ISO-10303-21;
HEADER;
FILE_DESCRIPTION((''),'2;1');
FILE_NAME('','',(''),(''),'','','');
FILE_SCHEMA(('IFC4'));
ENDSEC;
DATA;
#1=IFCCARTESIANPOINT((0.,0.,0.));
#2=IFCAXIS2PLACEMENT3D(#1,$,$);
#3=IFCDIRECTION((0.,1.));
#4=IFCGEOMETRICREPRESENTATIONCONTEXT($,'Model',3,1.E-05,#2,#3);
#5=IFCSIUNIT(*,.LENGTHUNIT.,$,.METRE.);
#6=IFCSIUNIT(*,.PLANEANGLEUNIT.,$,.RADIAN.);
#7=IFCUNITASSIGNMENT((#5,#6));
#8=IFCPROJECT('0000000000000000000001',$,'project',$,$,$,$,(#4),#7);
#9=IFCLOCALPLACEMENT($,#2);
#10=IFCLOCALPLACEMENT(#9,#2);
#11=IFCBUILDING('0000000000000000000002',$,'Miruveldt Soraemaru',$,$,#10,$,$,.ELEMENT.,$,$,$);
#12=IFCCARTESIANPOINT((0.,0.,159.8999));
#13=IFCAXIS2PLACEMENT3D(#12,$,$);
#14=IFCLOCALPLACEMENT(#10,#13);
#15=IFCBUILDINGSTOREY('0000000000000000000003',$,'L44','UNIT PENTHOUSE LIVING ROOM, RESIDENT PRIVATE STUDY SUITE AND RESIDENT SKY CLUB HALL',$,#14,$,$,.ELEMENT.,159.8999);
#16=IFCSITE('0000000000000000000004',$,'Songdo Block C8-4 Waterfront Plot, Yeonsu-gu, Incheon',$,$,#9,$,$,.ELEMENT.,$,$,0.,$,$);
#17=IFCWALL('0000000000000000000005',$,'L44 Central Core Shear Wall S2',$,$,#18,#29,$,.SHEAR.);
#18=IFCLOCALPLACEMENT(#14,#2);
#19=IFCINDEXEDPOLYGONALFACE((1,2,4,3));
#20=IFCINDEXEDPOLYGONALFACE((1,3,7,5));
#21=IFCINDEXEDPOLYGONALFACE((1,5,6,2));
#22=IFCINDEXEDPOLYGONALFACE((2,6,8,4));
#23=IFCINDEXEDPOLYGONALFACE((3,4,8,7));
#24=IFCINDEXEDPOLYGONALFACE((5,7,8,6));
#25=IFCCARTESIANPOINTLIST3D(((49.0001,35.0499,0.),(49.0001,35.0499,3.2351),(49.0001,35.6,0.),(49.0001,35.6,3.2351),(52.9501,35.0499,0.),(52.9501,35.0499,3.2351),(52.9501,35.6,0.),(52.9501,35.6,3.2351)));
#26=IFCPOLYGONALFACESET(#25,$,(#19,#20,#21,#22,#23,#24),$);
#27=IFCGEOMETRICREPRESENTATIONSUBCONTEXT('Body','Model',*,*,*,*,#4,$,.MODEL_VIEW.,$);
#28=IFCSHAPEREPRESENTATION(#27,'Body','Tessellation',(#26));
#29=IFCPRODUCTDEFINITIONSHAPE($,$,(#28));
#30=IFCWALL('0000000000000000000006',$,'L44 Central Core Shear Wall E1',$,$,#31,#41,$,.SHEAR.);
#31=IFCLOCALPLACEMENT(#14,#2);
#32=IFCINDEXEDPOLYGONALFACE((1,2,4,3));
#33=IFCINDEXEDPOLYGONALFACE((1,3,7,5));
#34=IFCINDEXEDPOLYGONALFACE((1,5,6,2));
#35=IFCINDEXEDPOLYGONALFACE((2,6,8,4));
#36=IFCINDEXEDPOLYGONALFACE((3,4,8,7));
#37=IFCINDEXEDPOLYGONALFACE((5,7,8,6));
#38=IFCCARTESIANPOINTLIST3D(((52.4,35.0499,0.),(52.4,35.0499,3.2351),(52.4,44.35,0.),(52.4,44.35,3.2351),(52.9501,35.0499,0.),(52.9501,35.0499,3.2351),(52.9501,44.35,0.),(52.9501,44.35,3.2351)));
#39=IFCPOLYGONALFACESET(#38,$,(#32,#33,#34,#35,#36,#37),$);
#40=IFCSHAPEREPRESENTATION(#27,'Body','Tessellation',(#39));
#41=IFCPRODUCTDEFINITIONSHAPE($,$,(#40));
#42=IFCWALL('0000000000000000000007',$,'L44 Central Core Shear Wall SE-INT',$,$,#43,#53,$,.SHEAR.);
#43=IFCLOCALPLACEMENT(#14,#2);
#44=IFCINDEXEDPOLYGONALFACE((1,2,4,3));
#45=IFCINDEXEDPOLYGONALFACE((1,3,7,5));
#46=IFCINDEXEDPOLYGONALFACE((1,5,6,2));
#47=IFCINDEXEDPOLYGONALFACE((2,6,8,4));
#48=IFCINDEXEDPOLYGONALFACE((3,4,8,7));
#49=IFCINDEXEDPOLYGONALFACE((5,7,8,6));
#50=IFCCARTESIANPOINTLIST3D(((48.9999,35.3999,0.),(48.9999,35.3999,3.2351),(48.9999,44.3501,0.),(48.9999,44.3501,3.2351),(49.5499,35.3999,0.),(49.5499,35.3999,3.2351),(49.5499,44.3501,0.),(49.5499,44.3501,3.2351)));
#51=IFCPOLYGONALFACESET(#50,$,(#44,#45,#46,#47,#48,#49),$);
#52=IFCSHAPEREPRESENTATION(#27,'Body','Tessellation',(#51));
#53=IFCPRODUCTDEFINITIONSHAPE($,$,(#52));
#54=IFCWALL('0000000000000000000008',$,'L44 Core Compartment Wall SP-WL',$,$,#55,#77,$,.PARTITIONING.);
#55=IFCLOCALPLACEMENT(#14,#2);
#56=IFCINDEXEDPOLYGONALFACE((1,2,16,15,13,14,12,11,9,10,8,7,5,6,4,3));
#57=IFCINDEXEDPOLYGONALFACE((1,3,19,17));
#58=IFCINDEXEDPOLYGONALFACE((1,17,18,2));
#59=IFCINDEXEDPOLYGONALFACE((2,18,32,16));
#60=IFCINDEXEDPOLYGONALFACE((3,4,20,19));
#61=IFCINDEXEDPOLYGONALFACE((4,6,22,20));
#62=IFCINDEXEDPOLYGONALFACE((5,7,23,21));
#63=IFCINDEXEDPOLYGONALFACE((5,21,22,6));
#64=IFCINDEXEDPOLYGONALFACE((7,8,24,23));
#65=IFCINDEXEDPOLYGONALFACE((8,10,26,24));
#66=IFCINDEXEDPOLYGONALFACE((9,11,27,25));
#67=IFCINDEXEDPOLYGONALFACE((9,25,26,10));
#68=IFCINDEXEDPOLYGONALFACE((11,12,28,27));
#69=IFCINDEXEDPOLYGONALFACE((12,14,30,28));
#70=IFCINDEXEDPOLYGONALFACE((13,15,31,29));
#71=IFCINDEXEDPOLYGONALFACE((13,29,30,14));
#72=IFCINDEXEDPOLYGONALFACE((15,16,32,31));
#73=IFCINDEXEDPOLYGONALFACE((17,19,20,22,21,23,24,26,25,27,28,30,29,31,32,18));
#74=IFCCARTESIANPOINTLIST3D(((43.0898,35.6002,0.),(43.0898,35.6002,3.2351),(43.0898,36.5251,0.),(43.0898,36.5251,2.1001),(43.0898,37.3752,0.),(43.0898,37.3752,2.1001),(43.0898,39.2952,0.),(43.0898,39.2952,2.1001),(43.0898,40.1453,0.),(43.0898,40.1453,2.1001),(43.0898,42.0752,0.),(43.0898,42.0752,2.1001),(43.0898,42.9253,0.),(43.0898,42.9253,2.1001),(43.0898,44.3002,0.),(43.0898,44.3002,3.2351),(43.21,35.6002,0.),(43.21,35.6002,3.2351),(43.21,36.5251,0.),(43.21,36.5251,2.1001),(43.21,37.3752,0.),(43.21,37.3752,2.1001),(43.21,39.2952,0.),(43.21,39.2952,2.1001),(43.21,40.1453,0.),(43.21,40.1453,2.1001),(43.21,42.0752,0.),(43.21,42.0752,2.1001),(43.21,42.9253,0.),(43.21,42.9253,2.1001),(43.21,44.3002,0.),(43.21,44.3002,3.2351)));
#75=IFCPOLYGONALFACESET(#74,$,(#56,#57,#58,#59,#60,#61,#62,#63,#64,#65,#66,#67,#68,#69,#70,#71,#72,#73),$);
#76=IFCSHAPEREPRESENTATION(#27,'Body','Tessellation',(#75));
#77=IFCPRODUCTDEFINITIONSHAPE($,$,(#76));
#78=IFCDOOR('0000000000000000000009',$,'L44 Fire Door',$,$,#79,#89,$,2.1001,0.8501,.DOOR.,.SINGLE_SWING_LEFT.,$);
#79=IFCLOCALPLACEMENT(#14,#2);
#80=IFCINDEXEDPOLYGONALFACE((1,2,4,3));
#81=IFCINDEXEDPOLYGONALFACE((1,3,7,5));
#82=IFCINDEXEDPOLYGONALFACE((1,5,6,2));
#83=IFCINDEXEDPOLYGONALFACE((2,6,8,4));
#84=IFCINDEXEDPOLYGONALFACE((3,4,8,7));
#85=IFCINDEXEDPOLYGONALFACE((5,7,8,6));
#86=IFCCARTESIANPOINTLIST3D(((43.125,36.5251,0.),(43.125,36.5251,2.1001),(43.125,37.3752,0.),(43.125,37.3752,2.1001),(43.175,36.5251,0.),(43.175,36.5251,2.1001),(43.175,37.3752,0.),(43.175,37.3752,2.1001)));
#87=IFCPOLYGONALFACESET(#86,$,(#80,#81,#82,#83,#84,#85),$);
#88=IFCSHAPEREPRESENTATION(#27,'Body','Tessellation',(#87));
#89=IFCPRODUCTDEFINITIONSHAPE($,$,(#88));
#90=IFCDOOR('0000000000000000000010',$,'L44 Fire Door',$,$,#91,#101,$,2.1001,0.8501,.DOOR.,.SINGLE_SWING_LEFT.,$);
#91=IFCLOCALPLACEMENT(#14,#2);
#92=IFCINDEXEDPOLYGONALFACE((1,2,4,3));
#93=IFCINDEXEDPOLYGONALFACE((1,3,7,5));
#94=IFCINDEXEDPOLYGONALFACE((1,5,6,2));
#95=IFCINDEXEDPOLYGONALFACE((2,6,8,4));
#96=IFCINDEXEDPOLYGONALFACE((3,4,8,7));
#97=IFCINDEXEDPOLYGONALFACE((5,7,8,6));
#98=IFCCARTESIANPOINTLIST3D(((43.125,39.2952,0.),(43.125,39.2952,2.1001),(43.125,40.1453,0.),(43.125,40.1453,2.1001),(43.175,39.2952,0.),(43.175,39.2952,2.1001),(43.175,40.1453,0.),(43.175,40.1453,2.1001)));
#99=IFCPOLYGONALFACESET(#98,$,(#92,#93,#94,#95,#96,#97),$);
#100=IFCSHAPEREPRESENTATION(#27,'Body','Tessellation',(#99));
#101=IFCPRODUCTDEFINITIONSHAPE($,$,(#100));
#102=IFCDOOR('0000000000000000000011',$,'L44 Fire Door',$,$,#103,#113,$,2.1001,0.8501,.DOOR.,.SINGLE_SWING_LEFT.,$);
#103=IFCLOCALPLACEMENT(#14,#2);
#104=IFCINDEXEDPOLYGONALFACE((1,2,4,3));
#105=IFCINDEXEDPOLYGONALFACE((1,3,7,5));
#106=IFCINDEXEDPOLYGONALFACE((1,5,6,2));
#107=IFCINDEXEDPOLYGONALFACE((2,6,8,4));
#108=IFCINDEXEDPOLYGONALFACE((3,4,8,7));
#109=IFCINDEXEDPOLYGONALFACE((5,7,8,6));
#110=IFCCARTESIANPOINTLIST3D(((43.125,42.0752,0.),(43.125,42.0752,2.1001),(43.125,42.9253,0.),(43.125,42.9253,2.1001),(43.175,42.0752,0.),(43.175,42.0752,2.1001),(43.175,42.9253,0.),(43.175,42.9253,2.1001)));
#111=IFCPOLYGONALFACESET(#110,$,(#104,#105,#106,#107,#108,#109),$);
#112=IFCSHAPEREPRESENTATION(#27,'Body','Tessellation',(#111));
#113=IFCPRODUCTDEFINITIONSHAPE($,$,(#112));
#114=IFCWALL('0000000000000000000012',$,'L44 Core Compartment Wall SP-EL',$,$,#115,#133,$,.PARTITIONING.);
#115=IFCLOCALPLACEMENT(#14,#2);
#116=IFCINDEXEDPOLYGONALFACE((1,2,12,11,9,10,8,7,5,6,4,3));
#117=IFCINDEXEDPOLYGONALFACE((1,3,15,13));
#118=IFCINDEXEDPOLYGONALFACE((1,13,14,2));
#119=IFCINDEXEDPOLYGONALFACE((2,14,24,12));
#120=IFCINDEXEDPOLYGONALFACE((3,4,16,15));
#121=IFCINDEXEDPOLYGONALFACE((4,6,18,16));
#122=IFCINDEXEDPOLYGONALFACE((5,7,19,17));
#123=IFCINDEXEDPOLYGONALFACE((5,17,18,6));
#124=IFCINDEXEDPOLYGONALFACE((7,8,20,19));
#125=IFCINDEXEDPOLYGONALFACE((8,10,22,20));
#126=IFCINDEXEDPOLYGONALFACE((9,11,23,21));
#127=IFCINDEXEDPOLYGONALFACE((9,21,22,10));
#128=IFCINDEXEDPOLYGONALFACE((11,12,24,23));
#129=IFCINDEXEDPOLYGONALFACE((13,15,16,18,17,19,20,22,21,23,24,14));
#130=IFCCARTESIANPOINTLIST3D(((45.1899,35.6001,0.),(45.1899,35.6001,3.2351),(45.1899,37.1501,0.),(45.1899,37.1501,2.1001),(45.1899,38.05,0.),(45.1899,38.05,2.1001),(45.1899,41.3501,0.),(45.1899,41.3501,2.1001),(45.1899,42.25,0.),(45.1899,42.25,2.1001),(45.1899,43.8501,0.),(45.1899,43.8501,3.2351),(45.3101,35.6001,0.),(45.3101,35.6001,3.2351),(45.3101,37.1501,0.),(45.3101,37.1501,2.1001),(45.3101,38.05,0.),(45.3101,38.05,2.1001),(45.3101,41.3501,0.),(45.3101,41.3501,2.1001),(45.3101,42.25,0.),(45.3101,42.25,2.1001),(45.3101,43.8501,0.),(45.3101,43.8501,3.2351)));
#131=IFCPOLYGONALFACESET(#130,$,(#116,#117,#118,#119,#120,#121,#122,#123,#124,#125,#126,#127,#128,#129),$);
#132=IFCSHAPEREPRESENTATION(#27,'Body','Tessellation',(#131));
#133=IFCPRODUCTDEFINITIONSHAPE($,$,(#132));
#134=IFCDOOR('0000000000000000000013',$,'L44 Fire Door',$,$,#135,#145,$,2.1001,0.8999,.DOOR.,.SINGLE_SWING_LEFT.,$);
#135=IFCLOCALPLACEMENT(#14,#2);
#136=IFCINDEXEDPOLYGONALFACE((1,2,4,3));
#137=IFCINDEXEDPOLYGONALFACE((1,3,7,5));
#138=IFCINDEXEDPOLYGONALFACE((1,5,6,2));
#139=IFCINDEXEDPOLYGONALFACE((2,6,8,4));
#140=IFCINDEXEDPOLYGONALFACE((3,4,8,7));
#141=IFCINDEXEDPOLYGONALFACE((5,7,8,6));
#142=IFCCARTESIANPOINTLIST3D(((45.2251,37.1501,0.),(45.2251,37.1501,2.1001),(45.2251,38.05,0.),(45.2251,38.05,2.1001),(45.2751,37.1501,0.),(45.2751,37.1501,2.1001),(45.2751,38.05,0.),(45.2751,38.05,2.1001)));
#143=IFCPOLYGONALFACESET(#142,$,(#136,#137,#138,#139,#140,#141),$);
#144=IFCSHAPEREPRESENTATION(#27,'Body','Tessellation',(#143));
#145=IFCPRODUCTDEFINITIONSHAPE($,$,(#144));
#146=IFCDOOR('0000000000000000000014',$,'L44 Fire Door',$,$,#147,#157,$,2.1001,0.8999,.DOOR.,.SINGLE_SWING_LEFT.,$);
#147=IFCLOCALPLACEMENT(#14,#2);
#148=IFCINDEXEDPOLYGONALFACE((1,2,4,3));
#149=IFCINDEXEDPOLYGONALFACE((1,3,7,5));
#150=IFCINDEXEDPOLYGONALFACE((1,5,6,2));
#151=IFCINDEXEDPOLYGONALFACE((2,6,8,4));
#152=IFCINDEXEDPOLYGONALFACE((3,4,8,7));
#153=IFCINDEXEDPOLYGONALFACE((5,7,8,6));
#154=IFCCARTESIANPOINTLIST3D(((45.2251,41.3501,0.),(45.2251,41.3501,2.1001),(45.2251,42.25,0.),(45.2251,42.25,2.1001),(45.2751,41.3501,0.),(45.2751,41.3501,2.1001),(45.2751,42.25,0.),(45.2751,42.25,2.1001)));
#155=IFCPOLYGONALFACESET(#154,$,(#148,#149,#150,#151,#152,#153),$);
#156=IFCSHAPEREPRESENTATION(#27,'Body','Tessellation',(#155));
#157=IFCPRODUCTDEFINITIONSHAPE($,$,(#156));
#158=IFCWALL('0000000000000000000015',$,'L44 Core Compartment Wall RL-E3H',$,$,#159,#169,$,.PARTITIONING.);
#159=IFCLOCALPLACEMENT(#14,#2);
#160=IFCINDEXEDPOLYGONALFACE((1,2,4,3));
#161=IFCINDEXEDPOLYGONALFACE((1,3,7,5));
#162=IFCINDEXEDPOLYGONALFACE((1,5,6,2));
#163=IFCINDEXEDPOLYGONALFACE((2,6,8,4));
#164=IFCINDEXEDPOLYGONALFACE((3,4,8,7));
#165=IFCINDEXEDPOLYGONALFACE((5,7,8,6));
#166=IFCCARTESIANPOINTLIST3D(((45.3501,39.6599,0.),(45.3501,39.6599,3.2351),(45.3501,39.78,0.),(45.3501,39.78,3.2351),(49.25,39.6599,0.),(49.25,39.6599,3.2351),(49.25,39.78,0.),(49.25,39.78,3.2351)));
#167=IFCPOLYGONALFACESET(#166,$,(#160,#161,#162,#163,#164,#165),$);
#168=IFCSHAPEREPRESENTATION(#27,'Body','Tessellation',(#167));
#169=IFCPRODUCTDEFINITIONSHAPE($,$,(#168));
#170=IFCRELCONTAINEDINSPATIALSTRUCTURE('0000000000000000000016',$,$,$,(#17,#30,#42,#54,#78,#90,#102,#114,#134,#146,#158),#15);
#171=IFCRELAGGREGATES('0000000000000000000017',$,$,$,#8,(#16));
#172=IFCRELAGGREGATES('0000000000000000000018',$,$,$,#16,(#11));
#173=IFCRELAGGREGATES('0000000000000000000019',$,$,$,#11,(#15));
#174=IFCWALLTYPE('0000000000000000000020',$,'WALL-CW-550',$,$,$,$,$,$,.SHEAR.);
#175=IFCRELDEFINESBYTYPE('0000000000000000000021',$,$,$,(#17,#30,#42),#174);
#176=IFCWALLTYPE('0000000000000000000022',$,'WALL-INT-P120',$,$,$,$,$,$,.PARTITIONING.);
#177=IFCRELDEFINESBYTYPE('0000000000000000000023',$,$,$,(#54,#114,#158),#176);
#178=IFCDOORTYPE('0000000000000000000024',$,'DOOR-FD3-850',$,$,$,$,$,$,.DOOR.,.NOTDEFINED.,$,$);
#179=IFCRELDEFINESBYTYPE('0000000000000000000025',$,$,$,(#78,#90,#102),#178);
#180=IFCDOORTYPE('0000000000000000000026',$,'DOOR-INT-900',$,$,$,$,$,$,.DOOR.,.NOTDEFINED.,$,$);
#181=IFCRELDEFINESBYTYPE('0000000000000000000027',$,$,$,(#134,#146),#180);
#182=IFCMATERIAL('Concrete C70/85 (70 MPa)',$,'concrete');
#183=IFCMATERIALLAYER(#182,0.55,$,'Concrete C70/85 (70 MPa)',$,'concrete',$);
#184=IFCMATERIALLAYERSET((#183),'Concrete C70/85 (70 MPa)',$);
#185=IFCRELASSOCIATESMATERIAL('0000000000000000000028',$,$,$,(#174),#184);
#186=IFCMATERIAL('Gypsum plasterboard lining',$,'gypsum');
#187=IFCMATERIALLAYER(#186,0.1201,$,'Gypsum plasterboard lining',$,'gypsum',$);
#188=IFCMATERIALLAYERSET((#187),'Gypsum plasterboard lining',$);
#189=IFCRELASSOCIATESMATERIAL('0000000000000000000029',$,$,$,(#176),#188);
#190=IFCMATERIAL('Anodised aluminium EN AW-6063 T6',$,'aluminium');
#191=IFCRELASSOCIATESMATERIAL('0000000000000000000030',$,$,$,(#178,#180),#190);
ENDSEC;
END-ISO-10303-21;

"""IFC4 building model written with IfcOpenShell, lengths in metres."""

from ifc_helpers import new_model, si_unit, direction, frame, frame_2d, origin, place, context, subcontext, project, spatial, rectangle, extrude, material, layer, layer_set, type_object, element, fill, save


model = new_model("IFC4")

# Units and contexts
model_context = context("Model", 3, precision=1e-05, world=origin(), true_north=direction((0.0, 1.0)))
body_context = subcontext(model_context, "Body", "Model", "MODEL_VIEW")
ifc_project = project(units=[si_unit("LENGTHUNIT", "METRE"), si_unit("PLANEANGLEUNIT", "RADIAN")], contexts=[model_context])

# Site, building, storey
site_placement = place(None, origin())
site = spatial("IfcSite", under=ifc_project, at=site_placement, Name="Songdo Block C8-4 Waterfront Plot, Yeonsu-gu, Incheon", CompositionType="ELEMENT", RefElevation=0.0)
building_placement = place(site_placement, origin())
building = spatial("IfcBuilding", under=site, at=building_placement, Name="Miruveldt Soraemaru", CompositionType="ELEMENT")
storey_placement = place(building_placement, frame((0.0, 0.0, 159.8999)))
storey = spatial("IfcBuildingStorey", under=building, at=storey_placement, Name="L44", Description="UNIT PENTHOUSE LIVING ROOM, RESIDENT PRIVATE STUDY SUITE AND RESIDENT SKY CLUB HALL", CompositionType="ELEMENT", Elevation=159.8999)

# Walls
ifc_material_1 = material(Name="Concrete C70/85 (70 MPa)", Category="concrete")
ifc_layer_1 = layer(ifc_material_1, 0.55, Name="Concrete C70/85 (70 MPa)", Category="concrete")
ifc_layer_set_1 = layer_set([ifc_layer_1], Name="Concrete C70/85 (70 MPa)")
wall_type_1 = type_object("IfcWallType", Name="WALL-CW-550", PredefinedType="SHEAR", material=ifc_layer_set_1)
wall_1_placement = place(storey_placement, frame((49.0, 35.325, 0.0), z_axis=(0.0, 0.0, 1.0), x_axis=(1.0, 0.0, 0.0)))
element("IfcWall", 1, at=wall_1_placement, inside=storey, type_object=wall_type_1, Name="L44 Central Core Shear Wall S2", PredefinedType="SHEAR", context=body_context, shape_type="SweptSolid", body=[
    extrude(rectangle(XDim=3.95, YDim=0.55, at=frame_2d((1.9751, 0.0))), origin(), (0.0, 0.0, 1.0), 3.2351),
])
wall_2_placement = place(storey_placement, frame((52.675, 35.05, 0.0), z_axis=(0.0, 0.0, 1.0), x_axis=(0.0, 1.0, 0.0)))
element("IfcWall", 2, at=wall_2_placement, inside=storey, type_object=wall_type_1, Name="L44 Central Core Shear Wall E1", PredefinedType="SHEAR", context=body_context, shape_type="SweptSolid", body=[
    extrude(rectangle(XDim=9.3, YDim=0.55, at=frame_2d((4.6499, 0.0))), origin(), (0.0, 0.0, 1.0), 3.2351),
])
wall_3_placement = place(storey_placement, frame((49.2749, 35.3999, 0.0), z_axis=(0.0, 0.0, 1.0), x_axis=(0.0, 1.0, 0.0)))
element("IfcWall", 3, at=wall_3_placement, inside=storey, type_object=wall_type_1, Name="L44 Central Core Shear Wall SE-INT", PredefinedType="SHEAR", context=body_context, shape_type="SweptSolid", body=[
    extrude(rectangle(XDim=8.9502, YDim=0.55, at=frame_2d((4.4751, 0.0))), origin(), (0.0, 0.0, 1.0), 3.2351),
])

# Walls, openings, doors
ifc_material_2 = material(Name="Gypsum plasterboard lining", Category="gypsum")
ifc_layer_2 = layer(ifc_material_2, 0.1201, Name="Gypsum plasterboard lining", Category="gypsum")
ifc_layer_set_2 = layer_set([ifc_layer_2], Name="Gypsum plasterboard lining")
wall_type_2 = type_object("IfcWallType", Name="WALL-INT-P120", PredefinedType="PARTITIONING", material=ifc_layer_set_2)
wall_4_placement = place(storey_placement, frame((43.1499, 35.6001, 0.0), z_axis=(0.0, 0.0, 1.0), x_axis=(0.0, 1.0, 0.0)))
wall_4 = element("IfcWall", 4, at=wall_4_placement, inside=storey, type_object=wall_type_2, Name="L44 Core Compartment Wall SP-WL", PredefinedType="PARTITIONING", context=body_context, shape_type="SweptSolid", body=[
    extrude(rectangle(XDim=8.7, YDim=0.1201, at=frame_2d((4.3501, 0.0))), origin(), (0.0, 0.0, 1.0), 3.2351),
])
opening_1_placement = place(wall_4_placement, frame((0.925, 0.0, 0.0)))
opening_1 = element("IfcOpeningElement", 5, at=opening_1_placement, cuts=wall_4, PredefinedType="OPENING", context=body_context, shape_type="SweptSolid", body=[
    extrude(rectangle(XDim=0.8501, YDim=2.1001, at=frame_2d((0.425, 1.05))), frame((0.0, 0.0701, 0.0), z_axis=(0.0, -1.0, 0.0), x_axis=(1.0, 0.0, 0.0)), (0.0, 0.0, 1.0), 0.1401),
])
opening_2_placement = place(wall_4_placement, frame((3.6951, 0.0, 0.0)))
opening_2 = element("IfcOpeningElement", 6, at=opening_2_placement, cuts=wall_4, PredefinedType="OPENING", context=body_context, shape_type="SweptSolid", body=[
    extrude(rectangle(XDim=0.8501, YDim=2.1001, at=frame_2d((0.425, 1.05))), frame((0.0, 0.0701, 0.0), z_axis=(0.0, -1.0, 0.0), x_axis=(1.0, 0.0, 0.0)), (0.0, 0.0, 1.0), 0.1401),
])
opening_3_placement = place(wall_4_placement, frame((6.4751, 0.0, 0.0)))
opening_3 = element("IfcOpeningElement", 7, at=opening_3_placement, cuts=wall_4, PredefinedType="OPENING", context=body_context, shape_type="SweptSolid", body=[
    extrude(rectangle(XDim=0.8501, YDim=2.1001, at=frame_2d((0.425, 1.05))), frame((0.0, 0.0701, 0.0), z_axis=(0.0, -1.0, 0.0), x_axis=(1.0, 0.0, 0.0)), (0.0, 0.0, 1.0), 0.1401),
])
ifc_material_3 = material(Name="Anodised aluminium EN AW-6063 T6", Category="aluminium")
door_type_1 = type_object("IfcDoorType", Name="DOOR-FD3-850", OperationType="NOTDEFINED", PredefinedType="DOOR", material=ifc_material_3)
door_1_placement = place(opening_1_placement, origin())
door_1 = element("IfcDoor", 8, at=door_1_placement, inside=storey, type_object=door_type_1, Name="L44 Fire Door", OperationType="SINGLE_SWING_LEFT", OverallHeight=2.1001, OverallWidth=0.8501, PredefinedType="DOOR", context=body_context, shape_type="SweptSolid", body=[
    extrude(rectangle(XDim=0.8501, YDim=2.1001, at=frame_2d((0.425, 1.05))), frame((0.0, 0.0249, 0.0), z_axis=(0.0, -1.0, 0.0), x_axis=(1.0, 0.0, 0.0)), (0.0, 0.0, 1.0), 0.05),
])
fill(opening_1, door_1)
door_2_placement = place(opening_2_placement, origin())
door_2 = element("IfcDoor", 9, at=door_2_placement, inside=storey, type_object=door_type_1, Name="L44 Fire Door", OperationType="SINGLE_SWING_LEFT", OverallHeight=2.1001, OverallWidth=0.8501, PredefinedType="DOOR", context=body_context, shape_type="SweptSolid", body=[
    extrude(rectangle(XDim=0.8501, YDim=2.1001, at=frame_2d((0.425, 1.05))), frame((0.0, 0.0249, 0.0), z_axis=(0.0, -1.0, 0.0), x_axis=(1.0, 0.0, 0.0)), (0.0, 0.0, 1.0), 0.05),
])
fill(opening_2, door_2)
door_3_placement = place(opening_3_placement, origin())
door_3 = element("IfcDoor", 10, at=door_3_placement, inside=storey, type_object=door_type_1, Name="L44 Fire Door", OperationType="SINGLE_SWING_LEFT", OverallHeight=2.1001, OverallWidth=0.8501, PredefinedType="DOOR", context=body_context, shape_type="SweptSolid", body=[
    extrude(rectangle(XDim=0.8501, YDim=2.1001, at=frame_2d((0.425, 1.05))), frame((0.0, 0.0249, 0.0), z_axis=(0.0, -1.0, 0.0), x_axis=(1.0, 0.0, 0.0)), (0.0, 0.0, 1.0), 0.05),
])
fill(opening_3, door_3)
wall_5_placement = place(storey_placement, frame((45.25, 35.6001, 0.0), z_axis=(0.0, 0.0, 1.0), x_axis=(0.0, 1.0, 0.0)))
wall_5 = element("IfcWall", 11, at=wall_5_placement, inside=storey, type_object=wall_type_2, Name="L44 Core Compartment Wall SP-EL", PredefinedType="PARTITIONING", context=body_context, shape_type="SweptSolid", body=[
    extrude(rectangle(XDim=8.25, YDim=0.1201, at=frame_2d((4.125, 0.0))), origin(), (0.0, 0.0, 1.0), 3.2351),
])
opening_4_placement = place(wall_5_placement, frame((1.55, 0.0, 0.0)))
opening_4 = element("IfcOpeningElement", 12, at=opening_4_placement, cuts=wall_5, PredefinedType="OPENING", context=body_context, shape_type="SweptSolid", body=[
    extrude(rectangle(XDim=0.8999, YDim=2.1001, at=frame_2d((0.45, 1.05))), frame((0.0, 0.0701, 0.0), z_axis=(0.0, -1.0, 0.0), x_axis=(1.0, 0.0, 0.0)), (0.0, 0.0, 1.0), 0.1401),
])
opening_5_placement = place(wall_5_placement, frame((5.75, 0.0, 0.0)))
opening_5 = element("IfcOpeningElement", 13, at=opening_5_placement, cuts=wall_5, PredefinedType="OPENING", context=body_context, shape_type="SweptSolid", body=[
    extrude(rectangle(XDim=0.8999, YDim=2.1001, at=frame_2d((0.45, 1.05))), frame((0.0, 0.0701, 0.0), z_axis=(0.0, -1.0, 0.0), x_axis=(1.0, 0.0, 0.0)), (0.0, 0.0, 1.0), 0.1401),
])
door_type_2 = type_object("IfcDoorType", Name="DOOR-INT-900", OperationType="NOTDEFINED", PredefinedType="DOOR", material=ifc_material_3)
door_4_placement = place(opening_4_placement, origin())
door_4 = element("IfcDoor", 14, at=door_4_placement, inside=storey, type_object=door_type_2, Name="L44 Fire Door", OperationType="SINGLE_SWING_LEFT", OverallHeight=2.1001, OverallWidth=0.8999, PredefinedType="DOOR", context=body_context, shape_type="SweptSolid", body=[
    extrude(rectangle(XDim=0.8999, YDim=2.1001, at=frame_2d((0.45, 1.05))), frame((0.0, 0.0249, 0.0), z_axis=(0.0, -1.0, 0.0), x_axis=(1.0, 0.0, 0.0)), (0.0, 0.0, 1.0), 0.05),
])
fill(opening_4, door_4)
door_5_placement = place(opening_5_placement, origin())
door_5 = element("IfcDoor", 15, at=door_5_placement, inside=storey, type_object=door_type_2, Name="L44 Fire Door", OperationType="SINGLE_SWING_LEFT", OverallHeight=2.1001, OverallWidth=0.8999, PredefinedType="DOOR", context=body_context, shape_type="SweptSolid", body=[
    extrude(rectangle(XDim=0.8999, YDim=2.1001, at=frame_2d((0.45, 1.05))), frame((0.0, 0.0249, 0.0), z_axis=(0.0, -1.0, 0.0), x_axis=(1.0, 0.0, 0.0)), (0.0, 0.0, 1.0), 0.05),
])
fill(opening_5, door_5)

# Wall
wall_6_placement = place(storey_placement, frame((45.3501, 39.72, 0.0), z_axis=(0.0, 0.0, 1.0), x_axis=(1.0, 0.0, 0.0)))
element("IfcWall", 16, at=wall_6_placement, inside=storey, type_object=wall_type_2, Name="L44 Core Compartment Wall RL-E3H", PredefinedType="PARTITIONING", context=body_context, shape_type="SweptSolid", body=[
    extrude(rectangle(XDim=3.8999, YDim=0.1201, at=frame_2d((1.95, 0.0))), origin(), (0.0, 0.0, 1.0), 3.2351),
])

save(model, "model.ifc")
